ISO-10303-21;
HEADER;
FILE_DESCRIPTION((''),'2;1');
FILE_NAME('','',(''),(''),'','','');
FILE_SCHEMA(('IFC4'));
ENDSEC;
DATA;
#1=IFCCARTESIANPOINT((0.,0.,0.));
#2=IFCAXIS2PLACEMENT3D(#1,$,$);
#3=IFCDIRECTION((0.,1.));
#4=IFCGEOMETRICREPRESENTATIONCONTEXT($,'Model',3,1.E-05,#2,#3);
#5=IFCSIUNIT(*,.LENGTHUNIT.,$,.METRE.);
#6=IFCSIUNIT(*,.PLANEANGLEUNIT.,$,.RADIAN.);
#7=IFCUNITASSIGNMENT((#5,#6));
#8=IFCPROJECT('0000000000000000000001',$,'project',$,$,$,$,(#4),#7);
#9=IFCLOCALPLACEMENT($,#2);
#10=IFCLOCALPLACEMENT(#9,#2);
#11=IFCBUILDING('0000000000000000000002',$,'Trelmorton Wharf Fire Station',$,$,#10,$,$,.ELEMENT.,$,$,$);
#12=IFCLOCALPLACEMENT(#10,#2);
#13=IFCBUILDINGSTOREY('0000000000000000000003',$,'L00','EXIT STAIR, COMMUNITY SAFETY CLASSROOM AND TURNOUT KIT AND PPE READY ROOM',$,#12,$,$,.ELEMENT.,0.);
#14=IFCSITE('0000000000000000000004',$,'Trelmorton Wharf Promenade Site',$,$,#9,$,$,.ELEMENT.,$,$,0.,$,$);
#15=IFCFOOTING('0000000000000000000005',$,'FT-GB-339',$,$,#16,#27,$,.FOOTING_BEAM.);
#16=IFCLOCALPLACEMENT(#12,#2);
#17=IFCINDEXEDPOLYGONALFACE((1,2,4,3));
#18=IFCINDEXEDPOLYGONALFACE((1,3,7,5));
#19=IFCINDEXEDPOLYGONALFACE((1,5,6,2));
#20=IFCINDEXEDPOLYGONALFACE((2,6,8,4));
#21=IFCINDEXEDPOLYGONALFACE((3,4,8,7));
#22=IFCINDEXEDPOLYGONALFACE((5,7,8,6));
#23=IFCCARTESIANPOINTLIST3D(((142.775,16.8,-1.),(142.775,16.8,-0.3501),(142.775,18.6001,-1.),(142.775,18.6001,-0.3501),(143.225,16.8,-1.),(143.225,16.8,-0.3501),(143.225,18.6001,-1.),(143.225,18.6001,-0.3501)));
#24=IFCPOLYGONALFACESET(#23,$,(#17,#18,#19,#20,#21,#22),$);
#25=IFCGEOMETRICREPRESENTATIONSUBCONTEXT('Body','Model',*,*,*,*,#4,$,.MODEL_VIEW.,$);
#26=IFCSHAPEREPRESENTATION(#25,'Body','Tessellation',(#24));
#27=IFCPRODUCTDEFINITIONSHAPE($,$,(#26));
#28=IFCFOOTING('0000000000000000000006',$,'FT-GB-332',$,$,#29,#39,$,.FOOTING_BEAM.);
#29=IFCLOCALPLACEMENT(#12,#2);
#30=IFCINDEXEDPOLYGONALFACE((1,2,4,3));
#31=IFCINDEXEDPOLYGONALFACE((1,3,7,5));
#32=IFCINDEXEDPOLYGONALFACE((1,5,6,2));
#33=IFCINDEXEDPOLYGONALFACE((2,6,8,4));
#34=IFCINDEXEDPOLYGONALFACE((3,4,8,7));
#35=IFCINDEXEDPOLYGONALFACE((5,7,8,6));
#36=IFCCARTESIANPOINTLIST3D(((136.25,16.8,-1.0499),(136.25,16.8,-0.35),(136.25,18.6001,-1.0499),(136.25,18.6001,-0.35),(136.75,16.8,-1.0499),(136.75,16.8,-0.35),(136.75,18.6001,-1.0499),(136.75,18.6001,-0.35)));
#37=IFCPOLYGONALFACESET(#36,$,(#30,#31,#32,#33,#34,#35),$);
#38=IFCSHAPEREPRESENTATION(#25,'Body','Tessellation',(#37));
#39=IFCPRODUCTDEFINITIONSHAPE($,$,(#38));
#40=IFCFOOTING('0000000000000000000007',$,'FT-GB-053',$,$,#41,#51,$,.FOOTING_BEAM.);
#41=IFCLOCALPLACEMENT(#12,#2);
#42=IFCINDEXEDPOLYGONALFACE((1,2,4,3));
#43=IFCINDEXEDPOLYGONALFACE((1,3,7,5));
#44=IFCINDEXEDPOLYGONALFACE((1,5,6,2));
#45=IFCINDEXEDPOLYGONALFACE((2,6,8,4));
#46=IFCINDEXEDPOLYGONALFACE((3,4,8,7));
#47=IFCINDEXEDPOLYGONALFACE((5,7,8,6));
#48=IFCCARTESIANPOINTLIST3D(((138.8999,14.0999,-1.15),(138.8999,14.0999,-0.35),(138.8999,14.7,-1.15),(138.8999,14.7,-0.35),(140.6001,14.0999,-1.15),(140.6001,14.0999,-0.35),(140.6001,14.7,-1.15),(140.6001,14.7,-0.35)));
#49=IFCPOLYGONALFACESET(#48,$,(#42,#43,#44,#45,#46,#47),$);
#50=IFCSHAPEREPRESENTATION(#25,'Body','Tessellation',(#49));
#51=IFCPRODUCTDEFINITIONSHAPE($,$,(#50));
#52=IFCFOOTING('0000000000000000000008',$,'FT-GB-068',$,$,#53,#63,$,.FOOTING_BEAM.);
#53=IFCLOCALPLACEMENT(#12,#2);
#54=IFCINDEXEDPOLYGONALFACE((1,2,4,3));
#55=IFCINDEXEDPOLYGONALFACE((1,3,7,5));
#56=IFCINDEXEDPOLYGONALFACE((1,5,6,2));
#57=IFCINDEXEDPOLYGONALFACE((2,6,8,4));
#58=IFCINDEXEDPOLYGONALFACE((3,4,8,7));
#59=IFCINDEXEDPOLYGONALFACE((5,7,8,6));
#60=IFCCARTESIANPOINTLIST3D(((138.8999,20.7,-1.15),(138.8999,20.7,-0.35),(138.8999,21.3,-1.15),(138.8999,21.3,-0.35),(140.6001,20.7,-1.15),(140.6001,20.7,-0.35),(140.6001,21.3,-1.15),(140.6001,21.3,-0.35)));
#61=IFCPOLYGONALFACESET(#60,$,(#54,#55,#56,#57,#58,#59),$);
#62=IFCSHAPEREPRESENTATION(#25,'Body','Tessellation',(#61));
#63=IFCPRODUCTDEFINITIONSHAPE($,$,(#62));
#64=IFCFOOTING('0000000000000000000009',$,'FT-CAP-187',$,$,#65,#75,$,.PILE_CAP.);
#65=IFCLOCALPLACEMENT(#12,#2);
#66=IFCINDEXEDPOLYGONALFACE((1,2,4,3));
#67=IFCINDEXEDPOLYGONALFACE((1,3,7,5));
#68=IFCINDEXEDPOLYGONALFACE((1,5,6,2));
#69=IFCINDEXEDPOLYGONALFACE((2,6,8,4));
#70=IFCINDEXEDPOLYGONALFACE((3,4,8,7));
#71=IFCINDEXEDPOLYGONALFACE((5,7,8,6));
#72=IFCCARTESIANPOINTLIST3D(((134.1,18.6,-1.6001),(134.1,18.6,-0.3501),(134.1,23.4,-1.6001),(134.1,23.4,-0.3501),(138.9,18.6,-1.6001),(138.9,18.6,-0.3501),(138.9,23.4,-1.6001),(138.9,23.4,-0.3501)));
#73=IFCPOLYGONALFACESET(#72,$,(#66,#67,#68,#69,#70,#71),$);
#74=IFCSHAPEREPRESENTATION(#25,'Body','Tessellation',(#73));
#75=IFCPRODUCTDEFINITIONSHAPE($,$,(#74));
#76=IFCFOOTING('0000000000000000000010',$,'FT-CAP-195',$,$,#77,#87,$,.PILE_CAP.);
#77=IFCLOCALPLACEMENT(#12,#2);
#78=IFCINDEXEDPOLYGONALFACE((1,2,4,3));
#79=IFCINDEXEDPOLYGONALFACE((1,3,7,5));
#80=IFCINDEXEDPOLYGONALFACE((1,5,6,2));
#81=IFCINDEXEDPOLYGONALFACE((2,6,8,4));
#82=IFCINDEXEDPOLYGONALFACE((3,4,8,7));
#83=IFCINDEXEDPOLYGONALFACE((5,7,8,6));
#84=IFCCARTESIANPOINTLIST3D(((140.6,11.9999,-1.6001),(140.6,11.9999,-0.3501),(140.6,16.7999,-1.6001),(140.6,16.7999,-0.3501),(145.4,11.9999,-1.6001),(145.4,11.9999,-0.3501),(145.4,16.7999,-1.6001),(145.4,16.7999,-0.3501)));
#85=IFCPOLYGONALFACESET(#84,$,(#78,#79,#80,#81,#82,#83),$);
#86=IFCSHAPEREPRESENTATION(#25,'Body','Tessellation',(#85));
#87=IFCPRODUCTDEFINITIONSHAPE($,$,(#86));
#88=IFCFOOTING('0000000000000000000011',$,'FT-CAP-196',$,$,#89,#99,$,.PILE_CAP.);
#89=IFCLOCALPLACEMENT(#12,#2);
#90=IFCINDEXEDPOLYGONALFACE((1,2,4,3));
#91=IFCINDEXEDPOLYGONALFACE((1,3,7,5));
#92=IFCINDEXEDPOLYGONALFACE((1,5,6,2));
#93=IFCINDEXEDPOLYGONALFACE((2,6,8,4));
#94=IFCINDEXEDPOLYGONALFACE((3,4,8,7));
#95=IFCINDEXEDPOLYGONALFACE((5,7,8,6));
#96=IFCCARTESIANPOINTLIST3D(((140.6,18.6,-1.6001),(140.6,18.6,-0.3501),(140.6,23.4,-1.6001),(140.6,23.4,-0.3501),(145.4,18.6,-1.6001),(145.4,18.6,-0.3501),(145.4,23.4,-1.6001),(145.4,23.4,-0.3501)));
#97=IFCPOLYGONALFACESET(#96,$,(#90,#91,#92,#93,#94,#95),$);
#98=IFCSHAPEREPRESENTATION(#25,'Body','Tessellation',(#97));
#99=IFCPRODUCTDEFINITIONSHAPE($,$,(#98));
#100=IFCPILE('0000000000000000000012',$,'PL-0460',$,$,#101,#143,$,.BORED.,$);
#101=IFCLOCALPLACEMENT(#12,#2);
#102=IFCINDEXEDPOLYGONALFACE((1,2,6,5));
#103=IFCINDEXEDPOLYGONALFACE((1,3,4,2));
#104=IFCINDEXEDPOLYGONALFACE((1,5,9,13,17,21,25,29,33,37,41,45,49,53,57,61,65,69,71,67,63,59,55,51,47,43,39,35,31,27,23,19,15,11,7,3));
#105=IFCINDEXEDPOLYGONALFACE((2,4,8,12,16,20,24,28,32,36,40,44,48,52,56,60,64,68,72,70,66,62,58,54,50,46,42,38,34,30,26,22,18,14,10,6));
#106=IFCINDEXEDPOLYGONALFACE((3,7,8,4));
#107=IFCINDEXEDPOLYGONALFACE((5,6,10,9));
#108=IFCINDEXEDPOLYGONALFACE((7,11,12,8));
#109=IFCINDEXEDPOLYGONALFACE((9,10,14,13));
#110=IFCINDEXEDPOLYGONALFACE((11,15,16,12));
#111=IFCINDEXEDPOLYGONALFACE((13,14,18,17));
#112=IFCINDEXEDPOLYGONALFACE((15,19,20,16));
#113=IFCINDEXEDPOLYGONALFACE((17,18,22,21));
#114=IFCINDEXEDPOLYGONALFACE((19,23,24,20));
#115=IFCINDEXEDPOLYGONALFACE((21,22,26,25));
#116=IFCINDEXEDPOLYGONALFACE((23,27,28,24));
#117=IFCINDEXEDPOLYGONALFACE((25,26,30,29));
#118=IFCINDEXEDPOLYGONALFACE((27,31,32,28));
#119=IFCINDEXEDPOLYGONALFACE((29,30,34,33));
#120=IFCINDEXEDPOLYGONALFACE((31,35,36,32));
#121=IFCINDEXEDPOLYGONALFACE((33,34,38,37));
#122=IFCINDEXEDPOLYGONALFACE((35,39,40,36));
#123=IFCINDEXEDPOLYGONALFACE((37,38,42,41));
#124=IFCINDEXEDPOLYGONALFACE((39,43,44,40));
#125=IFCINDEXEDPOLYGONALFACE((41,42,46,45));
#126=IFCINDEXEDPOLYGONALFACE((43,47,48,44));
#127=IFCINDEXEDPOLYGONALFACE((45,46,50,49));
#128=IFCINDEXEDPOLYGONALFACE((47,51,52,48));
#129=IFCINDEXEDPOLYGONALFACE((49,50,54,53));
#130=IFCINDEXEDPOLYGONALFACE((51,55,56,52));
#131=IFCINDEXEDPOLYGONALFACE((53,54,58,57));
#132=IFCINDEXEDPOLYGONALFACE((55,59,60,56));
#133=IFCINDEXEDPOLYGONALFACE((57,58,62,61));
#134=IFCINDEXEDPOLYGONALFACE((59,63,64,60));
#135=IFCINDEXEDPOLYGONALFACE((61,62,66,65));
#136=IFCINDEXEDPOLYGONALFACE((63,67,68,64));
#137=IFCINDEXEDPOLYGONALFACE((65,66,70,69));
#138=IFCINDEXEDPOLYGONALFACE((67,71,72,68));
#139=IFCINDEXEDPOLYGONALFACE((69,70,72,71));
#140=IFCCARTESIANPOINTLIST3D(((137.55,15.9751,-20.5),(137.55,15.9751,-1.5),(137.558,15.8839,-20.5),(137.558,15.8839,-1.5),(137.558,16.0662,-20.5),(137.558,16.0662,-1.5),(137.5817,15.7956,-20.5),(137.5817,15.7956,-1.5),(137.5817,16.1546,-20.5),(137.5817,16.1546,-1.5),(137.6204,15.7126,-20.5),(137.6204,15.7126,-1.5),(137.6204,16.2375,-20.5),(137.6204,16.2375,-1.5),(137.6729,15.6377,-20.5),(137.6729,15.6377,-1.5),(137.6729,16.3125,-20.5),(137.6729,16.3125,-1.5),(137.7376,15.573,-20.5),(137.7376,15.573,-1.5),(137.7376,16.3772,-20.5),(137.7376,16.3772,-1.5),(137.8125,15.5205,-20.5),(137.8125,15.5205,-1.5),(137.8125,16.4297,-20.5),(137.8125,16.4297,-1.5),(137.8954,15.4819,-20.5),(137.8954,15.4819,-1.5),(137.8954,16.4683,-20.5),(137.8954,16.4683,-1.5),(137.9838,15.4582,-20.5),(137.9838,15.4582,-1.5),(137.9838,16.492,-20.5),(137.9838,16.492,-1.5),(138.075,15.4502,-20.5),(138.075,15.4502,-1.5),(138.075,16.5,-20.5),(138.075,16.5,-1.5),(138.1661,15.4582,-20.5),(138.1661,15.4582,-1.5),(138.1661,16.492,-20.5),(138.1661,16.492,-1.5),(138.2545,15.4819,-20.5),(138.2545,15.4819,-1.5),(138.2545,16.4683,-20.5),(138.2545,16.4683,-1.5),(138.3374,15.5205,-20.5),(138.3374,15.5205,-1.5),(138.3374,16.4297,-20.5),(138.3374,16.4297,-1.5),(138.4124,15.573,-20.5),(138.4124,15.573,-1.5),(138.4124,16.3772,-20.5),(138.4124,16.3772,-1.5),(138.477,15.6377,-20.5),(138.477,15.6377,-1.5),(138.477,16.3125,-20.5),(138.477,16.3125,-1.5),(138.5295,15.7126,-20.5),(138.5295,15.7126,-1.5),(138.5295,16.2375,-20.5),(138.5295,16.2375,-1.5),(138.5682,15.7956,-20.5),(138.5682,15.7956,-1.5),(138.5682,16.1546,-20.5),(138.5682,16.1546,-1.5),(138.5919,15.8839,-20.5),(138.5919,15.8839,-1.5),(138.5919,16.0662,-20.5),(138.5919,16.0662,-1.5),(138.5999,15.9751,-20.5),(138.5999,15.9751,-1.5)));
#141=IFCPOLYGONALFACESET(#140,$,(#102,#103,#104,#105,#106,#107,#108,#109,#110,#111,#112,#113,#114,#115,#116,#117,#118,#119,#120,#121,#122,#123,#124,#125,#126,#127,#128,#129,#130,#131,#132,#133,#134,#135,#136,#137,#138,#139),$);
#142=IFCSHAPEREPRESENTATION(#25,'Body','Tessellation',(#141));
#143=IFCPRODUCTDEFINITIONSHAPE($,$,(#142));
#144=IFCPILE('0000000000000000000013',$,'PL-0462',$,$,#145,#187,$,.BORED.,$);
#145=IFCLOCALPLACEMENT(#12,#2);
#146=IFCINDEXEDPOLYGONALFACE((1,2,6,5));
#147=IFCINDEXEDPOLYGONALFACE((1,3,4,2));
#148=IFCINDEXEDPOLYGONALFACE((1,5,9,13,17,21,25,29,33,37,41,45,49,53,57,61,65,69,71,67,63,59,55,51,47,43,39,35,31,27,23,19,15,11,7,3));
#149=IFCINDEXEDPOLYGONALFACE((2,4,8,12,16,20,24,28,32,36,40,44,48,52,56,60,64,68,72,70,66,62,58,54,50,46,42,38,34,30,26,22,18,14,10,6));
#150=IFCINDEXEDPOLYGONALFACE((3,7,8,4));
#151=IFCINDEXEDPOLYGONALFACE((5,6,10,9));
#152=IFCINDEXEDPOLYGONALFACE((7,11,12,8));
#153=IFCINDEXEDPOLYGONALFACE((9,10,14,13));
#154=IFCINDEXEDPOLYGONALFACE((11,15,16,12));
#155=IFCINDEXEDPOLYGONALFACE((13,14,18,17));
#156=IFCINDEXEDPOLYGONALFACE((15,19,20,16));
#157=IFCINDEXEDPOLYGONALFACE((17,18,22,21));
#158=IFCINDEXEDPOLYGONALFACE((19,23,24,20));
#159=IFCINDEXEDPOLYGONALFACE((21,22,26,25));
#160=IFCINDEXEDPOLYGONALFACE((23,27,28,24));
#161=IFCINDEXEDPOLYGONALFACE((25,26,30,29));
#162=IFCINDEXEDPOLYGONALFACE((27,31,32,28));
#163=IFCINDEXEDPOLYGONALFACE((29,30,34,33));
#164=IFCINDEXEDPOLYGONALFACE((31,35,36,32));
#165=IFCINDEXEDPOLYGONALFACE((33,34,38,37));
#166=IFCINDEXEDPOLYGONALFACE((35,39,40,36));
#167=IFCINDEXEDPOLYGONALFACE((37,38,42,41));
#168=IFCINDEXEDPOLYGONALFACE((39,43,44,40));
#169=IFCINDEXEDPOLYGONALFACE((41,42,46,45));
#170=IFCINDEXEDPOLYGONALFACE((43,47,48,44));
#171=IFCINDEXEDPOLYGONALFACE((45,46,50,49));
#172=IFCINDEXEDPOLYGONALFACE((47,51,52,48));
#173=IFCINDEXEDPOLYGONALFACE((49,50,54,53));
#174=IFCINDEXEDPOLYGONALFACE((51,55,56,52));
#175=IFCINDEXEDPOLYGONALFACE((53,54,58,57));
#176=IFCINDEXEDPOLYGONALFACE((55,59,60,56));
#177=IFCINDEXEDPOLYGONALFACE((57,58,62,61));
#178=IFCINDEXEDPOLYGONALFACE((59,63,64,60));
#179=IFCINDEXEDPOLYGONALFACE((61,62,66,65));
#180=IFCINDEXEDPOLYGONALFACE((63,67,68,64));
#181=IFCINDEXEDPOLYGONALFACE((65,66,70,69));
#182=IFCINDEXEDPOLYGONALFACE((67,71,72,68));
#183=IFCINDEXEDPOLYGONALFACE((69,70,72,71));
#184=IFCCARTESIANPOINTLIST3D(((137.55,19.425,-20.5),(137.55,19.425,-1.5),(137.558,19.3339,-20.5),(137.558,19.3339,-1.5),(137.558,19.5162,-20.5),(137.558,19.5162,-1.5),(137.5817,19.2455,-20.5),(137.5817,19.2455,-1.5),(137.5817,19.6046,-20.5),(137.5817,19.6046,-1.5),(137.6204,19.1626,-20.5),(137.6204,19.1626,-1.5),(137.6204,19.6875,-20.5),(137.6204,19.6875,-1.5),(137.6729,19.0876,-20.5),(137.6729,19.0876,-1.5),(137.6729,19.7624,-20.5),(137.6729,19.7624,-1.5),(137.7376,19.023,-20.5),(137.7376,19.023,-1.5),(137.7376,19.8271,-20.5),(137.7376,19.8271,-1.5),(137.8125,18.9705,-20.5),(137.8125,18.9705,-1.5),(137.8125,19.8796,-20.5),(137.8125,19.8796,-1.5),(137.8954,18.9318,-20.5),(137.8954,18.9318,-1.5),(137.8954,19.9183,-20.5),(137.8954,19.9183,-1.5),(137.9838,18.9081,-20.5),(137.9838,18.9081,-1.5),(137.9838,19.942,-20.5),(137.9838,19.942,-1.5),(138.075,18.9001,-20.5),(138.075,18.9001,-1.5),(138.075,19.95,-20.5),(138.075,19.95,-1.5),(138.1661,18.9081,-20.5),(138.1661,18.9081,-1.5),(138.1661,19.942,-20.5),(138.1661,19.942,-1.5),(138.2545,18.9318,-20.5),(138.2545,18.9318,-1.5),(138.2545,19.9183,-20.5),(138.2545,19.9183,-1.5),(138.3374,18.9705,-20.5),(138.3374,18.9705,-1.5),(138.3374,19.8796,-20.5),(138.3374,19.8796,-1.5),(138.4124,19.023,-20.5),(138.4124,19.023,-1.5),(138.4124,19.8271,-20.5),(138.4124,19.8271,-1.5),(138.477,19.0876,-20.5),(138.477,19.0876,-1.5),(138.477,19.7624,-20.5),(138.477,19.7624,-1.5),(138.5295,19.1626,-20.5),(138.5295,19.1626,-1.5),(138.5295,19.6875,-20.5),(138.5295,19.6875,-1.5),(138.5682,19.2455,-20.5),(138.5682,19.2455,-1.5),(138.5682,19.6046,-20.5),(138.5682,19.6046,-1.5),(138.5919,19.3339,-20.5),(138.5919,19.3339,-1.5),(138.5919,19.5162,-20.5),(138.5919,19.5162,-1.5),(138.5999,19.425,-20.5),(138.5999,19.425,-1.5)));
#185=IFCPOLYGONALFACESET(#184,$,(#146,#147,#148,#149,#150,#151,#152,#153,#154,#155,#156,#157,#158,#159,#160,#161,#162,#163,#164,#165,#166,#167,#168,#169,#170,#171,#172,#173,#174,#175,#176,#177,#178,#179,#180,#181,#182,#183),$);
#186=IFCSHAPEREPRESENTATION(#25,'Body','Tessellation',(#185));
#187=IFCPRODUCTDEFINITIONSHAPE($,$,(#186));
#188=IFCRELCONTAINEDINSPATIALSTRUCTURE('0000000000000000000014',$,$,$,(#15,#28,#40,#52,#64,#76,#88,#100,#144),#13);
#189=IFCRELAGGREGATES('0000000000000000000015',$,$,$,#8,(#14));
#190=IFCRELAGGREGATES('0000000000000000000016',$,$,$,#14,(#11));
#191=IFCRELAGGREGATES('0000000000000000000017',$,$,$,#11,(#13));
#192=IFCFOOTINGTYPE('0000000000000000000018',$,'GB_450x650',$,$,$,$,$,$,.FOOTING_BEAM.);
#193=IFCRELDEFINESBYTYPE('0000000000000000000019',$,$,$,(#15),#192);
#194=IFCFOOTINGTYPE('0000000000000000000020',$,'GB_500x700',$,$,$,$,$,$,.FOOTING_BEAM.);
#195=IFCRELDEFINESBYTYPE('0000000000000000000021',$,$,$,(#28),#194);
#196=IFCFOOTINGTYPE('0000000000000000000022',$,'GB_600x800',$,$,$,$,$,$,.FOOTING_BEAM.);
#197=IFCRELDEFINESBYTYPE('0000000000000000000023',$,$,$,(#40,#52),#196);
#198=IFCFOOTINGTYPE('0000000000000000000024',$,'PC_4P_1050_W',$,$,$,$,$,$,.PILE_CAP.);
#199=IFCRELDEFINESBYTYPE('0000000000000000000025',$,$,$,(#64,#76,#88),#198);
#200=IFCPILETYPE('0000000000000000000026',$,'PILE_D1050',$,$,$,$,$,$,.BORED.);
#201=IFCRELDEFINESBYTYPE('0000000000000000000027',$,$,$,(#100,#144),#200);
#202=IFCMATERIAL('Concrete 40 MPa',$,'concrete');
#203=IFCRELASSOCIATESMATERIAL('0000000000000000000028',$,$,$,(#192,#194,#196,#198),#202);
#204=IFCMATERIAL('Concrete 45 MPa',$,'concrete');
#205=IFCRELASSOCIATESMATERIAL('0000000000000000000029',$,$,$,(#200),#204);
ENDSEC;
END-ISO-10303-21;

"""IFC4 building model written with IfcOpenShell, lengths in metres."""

from ifc_helpers import new_model, si_unit, direction, frame, origin, origin_2d, place, context, subcontext, project, spatial, rectangle, circle, extrude, material, material_profile, profile_set, type_object, element, save


model = new_model("IFC4")

# Units and contexts
model_context = context("Model", 3, precision=1e-05, world=origin(), true_north=direction((0.0, 1.0)))
body_context = subcontext(model_context, "Body", "Model", "MODEL_VIEW")
ifc_project = project(units=[si_unit("LENGTHUNIT", "METRE"), si_unit("PLANEANGLEUNIT", "RADIAN")], contexts=[model_context])

# Site, building, storey
site_placement = place(None, origin())
site = spatial("IfcSite", under=ifc_project, at=site_placement, Name="Trelmorton Wharf Promenade Site", CompositionType="ELEMENT", RefElevation=0.0)
building_placement = place(site_placement, origin())
building = spatial("IfcBuilding", under=site, at=building_placement, Name="Trelmorton Wharf Fire Station", CompositionType="ELEMENT")
storey_placement = place(building_placement, origin())
storey = spatial("IfcBuildingStorey", under=building, at=storey_placement, Name="L00", Description="EXIT STAIR, COMMUNITY SAFETY CLASSROOM AND TURNOUT KIT AND PPE READY ROOM", CompositionType="ELEMENT", Elevation=0.0)

# Footings
ifc_material_1 = material(Name="Concrete 40 MPa", Category="concrete")
ifc_material_profile_1 = material_profile(ifc_material_1, rectangle(XDim=0.45, YDim=0.6499, at=origin_2d()), Name="RC450x650")
ifc_profile_set_1 = profile_set([ifc_material_profile_1], Name="Concrete 40 MPa")
footing_type_1 = type_object("IfcFootingType", Name="GB_450x650", PredefinedType="FOOTING_BEAM", material=ifc_profile_set_1)
footing_1_placement = place(storey_placement, frame((143.0, 16.8, -0.675), z_axis=(0.0, 1.0, 0.0), x_axis=(-1.0, 0.0, 0.0)))
element("IfcFooting", 1, at=footing_1_placement, inside=storey, type_object=footing_type_1, Name="FT-GB-339", PredefinedType="FOOTING_BEAM", context=body_context, shape_type="SweptSolid", body=[
    extrude(rectangle(XDim=0.45, YDim=0.6499, at=origin_2d()), origin(), (0.0, 0.0, 1.0), 1.8),
])
ifc_material_profile_2 = material_profile(ifc_material_1, rectangle(XDim=0.5, YDim=0.7, at=origin_2d()), Name="RC500x700")
ifc_profile_set_2 = profile_set([ifc_material_profile_2], Name="Concrete 40 MPa")
footing_type_2 = type_object("IfcFootingType", Name="GB_500x700", PredefinedType="FOOTING_BEAM", material=ifc_profile_set_2)
footing_2_placement = place(storey_placement, frame((136.5, 16.8, -0.7), z_axis=(0.0, 1.0, 0.0), x_axis=(-1.0, 0.0, 0.0)))
element("IfcFooting", 2, at=footing_2_placement, inside=storey, type_object=footing_type_2, Name="FT-GB-332", PredefinedType="FOOTING_BEAM", context=body_context, shape_type="SweptSolid", body=[
    extrude(rectangle(XDim=0.5, YDim=0.7, at=origin_2d()), origin(), (0.0, 0.0, 1.0), 1.8),
])
ifc_material_profile_3 = material_profile(ifc_material_1, rectangle(XDim=0.6001, YDim=0.8, at=origin_2d()), Name="RC600x800")
ifc_profile_set_3 = profile_set([ifc_material_profile_3], Name="Concrete 40 MPa")
footing_type_3 = type_object("IfcFootingType", Name="GB_600x800", PredefinedType="FOOTING_BEAM", material=ifc_profile_set_3)
for number, where, z_axis, x_axis, name in (
    (3, (138.8999, 14.3999, -0.75), (1.0, 0.0, 0.0), (0.0, 1.0, 0.0), "FT-GB-053"),
    (4, (138.8999, 21.0, -0.75), (1.0, 0.0, 0.0), (0.0, 1.0, 0.0), "FT-GB-068"),
):
    element("IfcFooting", number, at=place(storey_placement, frame(where, z_axis=z_axis, x_axis=x_axis)), inside=storey, type_object=footing_type_3, Name=name, PredefinedType="FOOTING_BEAM", context=body_context, shape_type="SweptSolid", body=[
        extrude(rectangle(XDim=0.6001, YDim=0.8, at=origin_2d()), origin(), (0.0, 0.0, 1.0), 1.7002),
    ])
footing_type_4 = type_object("IfcFootingType", Name="PC_4P_1050_W", PredefinedType="PILE_CAP", material=ifc_material_1)
for number, where, z_axis, x_axis, name in (
    (5, (136.5, 21.0, -1.6001), (0.0, 0.0, 1.0), (1.0, 0.0, 0.0), "FT-CAP-187"),
    (6, (143.0, 14.3999, -1.6001), (0.0, 0.0, 1.0), (1.0, 0.0, 0.0), "FT-CAP-195"),
    (7, (143.0, 21.0, -1.6001), (0.0, 0.0, 1.0), (1.0, 0.0, 0.0), "FT-CAP-196"),
):
    element("IfcFooting", number, at=place(storey_placement, frame(where, z_axis=z_axis, x_axis=x_axis)), inside=storey, type_object=footing_type_4, Name=name, PredefinedType="PILE_CAP", context=body_context, shape_type="SweptSolid", body=[
        extrude(rectangle(XDim=4.8, YDim=4.8, at=origin_2d()), origin(), (0.0, 0.0, 1.0), 1.25),
    ])

# Piles
ifc_material_2 = material(Name="Concrete 45 MPa", Category="concrete")
ifc_material_profile_4 = material_profile(ifc_material_2, circle(Radius=0.5249, at=origin_2d()), Name="PILE-D1050")
ifc_profile_set_4 = profile_set([ifc_material_profile_4], Name="Concrete 45 MPa")
pile_type = type_object("IfcPileType", Name="PILE_D1050", PredefinedType="BORED", material=ifc_profile_set_4)
for number, where, z_axis, x_axis, name in (
    (8, (138.075, 15.9751, -1.5), (0.0, 0.0, -1.0), (1.0, 0.0, 0.0), "PL-0460"),
    (9, (138.075, 19.425, -1.5), (0.0, 0.0, -1.0), (1.0, 0.0, 0.0), "PL-0462"),
):
    element("IfcPile", number, at=place(storey_placement, frame(where, z_axis=z_axis, x_axis=x_axis)), inside=storey, type_object=pile_type, Name=name, PredefinedType="BORED", context=body_context, shape_type="SweptSolid", body=[
        extrude(circle(Radius=0.5249, at=origin_2d()), origin(), (0.0, 0.0, 1.0), 19.0),
    ])

save(model, "model.ifc")
